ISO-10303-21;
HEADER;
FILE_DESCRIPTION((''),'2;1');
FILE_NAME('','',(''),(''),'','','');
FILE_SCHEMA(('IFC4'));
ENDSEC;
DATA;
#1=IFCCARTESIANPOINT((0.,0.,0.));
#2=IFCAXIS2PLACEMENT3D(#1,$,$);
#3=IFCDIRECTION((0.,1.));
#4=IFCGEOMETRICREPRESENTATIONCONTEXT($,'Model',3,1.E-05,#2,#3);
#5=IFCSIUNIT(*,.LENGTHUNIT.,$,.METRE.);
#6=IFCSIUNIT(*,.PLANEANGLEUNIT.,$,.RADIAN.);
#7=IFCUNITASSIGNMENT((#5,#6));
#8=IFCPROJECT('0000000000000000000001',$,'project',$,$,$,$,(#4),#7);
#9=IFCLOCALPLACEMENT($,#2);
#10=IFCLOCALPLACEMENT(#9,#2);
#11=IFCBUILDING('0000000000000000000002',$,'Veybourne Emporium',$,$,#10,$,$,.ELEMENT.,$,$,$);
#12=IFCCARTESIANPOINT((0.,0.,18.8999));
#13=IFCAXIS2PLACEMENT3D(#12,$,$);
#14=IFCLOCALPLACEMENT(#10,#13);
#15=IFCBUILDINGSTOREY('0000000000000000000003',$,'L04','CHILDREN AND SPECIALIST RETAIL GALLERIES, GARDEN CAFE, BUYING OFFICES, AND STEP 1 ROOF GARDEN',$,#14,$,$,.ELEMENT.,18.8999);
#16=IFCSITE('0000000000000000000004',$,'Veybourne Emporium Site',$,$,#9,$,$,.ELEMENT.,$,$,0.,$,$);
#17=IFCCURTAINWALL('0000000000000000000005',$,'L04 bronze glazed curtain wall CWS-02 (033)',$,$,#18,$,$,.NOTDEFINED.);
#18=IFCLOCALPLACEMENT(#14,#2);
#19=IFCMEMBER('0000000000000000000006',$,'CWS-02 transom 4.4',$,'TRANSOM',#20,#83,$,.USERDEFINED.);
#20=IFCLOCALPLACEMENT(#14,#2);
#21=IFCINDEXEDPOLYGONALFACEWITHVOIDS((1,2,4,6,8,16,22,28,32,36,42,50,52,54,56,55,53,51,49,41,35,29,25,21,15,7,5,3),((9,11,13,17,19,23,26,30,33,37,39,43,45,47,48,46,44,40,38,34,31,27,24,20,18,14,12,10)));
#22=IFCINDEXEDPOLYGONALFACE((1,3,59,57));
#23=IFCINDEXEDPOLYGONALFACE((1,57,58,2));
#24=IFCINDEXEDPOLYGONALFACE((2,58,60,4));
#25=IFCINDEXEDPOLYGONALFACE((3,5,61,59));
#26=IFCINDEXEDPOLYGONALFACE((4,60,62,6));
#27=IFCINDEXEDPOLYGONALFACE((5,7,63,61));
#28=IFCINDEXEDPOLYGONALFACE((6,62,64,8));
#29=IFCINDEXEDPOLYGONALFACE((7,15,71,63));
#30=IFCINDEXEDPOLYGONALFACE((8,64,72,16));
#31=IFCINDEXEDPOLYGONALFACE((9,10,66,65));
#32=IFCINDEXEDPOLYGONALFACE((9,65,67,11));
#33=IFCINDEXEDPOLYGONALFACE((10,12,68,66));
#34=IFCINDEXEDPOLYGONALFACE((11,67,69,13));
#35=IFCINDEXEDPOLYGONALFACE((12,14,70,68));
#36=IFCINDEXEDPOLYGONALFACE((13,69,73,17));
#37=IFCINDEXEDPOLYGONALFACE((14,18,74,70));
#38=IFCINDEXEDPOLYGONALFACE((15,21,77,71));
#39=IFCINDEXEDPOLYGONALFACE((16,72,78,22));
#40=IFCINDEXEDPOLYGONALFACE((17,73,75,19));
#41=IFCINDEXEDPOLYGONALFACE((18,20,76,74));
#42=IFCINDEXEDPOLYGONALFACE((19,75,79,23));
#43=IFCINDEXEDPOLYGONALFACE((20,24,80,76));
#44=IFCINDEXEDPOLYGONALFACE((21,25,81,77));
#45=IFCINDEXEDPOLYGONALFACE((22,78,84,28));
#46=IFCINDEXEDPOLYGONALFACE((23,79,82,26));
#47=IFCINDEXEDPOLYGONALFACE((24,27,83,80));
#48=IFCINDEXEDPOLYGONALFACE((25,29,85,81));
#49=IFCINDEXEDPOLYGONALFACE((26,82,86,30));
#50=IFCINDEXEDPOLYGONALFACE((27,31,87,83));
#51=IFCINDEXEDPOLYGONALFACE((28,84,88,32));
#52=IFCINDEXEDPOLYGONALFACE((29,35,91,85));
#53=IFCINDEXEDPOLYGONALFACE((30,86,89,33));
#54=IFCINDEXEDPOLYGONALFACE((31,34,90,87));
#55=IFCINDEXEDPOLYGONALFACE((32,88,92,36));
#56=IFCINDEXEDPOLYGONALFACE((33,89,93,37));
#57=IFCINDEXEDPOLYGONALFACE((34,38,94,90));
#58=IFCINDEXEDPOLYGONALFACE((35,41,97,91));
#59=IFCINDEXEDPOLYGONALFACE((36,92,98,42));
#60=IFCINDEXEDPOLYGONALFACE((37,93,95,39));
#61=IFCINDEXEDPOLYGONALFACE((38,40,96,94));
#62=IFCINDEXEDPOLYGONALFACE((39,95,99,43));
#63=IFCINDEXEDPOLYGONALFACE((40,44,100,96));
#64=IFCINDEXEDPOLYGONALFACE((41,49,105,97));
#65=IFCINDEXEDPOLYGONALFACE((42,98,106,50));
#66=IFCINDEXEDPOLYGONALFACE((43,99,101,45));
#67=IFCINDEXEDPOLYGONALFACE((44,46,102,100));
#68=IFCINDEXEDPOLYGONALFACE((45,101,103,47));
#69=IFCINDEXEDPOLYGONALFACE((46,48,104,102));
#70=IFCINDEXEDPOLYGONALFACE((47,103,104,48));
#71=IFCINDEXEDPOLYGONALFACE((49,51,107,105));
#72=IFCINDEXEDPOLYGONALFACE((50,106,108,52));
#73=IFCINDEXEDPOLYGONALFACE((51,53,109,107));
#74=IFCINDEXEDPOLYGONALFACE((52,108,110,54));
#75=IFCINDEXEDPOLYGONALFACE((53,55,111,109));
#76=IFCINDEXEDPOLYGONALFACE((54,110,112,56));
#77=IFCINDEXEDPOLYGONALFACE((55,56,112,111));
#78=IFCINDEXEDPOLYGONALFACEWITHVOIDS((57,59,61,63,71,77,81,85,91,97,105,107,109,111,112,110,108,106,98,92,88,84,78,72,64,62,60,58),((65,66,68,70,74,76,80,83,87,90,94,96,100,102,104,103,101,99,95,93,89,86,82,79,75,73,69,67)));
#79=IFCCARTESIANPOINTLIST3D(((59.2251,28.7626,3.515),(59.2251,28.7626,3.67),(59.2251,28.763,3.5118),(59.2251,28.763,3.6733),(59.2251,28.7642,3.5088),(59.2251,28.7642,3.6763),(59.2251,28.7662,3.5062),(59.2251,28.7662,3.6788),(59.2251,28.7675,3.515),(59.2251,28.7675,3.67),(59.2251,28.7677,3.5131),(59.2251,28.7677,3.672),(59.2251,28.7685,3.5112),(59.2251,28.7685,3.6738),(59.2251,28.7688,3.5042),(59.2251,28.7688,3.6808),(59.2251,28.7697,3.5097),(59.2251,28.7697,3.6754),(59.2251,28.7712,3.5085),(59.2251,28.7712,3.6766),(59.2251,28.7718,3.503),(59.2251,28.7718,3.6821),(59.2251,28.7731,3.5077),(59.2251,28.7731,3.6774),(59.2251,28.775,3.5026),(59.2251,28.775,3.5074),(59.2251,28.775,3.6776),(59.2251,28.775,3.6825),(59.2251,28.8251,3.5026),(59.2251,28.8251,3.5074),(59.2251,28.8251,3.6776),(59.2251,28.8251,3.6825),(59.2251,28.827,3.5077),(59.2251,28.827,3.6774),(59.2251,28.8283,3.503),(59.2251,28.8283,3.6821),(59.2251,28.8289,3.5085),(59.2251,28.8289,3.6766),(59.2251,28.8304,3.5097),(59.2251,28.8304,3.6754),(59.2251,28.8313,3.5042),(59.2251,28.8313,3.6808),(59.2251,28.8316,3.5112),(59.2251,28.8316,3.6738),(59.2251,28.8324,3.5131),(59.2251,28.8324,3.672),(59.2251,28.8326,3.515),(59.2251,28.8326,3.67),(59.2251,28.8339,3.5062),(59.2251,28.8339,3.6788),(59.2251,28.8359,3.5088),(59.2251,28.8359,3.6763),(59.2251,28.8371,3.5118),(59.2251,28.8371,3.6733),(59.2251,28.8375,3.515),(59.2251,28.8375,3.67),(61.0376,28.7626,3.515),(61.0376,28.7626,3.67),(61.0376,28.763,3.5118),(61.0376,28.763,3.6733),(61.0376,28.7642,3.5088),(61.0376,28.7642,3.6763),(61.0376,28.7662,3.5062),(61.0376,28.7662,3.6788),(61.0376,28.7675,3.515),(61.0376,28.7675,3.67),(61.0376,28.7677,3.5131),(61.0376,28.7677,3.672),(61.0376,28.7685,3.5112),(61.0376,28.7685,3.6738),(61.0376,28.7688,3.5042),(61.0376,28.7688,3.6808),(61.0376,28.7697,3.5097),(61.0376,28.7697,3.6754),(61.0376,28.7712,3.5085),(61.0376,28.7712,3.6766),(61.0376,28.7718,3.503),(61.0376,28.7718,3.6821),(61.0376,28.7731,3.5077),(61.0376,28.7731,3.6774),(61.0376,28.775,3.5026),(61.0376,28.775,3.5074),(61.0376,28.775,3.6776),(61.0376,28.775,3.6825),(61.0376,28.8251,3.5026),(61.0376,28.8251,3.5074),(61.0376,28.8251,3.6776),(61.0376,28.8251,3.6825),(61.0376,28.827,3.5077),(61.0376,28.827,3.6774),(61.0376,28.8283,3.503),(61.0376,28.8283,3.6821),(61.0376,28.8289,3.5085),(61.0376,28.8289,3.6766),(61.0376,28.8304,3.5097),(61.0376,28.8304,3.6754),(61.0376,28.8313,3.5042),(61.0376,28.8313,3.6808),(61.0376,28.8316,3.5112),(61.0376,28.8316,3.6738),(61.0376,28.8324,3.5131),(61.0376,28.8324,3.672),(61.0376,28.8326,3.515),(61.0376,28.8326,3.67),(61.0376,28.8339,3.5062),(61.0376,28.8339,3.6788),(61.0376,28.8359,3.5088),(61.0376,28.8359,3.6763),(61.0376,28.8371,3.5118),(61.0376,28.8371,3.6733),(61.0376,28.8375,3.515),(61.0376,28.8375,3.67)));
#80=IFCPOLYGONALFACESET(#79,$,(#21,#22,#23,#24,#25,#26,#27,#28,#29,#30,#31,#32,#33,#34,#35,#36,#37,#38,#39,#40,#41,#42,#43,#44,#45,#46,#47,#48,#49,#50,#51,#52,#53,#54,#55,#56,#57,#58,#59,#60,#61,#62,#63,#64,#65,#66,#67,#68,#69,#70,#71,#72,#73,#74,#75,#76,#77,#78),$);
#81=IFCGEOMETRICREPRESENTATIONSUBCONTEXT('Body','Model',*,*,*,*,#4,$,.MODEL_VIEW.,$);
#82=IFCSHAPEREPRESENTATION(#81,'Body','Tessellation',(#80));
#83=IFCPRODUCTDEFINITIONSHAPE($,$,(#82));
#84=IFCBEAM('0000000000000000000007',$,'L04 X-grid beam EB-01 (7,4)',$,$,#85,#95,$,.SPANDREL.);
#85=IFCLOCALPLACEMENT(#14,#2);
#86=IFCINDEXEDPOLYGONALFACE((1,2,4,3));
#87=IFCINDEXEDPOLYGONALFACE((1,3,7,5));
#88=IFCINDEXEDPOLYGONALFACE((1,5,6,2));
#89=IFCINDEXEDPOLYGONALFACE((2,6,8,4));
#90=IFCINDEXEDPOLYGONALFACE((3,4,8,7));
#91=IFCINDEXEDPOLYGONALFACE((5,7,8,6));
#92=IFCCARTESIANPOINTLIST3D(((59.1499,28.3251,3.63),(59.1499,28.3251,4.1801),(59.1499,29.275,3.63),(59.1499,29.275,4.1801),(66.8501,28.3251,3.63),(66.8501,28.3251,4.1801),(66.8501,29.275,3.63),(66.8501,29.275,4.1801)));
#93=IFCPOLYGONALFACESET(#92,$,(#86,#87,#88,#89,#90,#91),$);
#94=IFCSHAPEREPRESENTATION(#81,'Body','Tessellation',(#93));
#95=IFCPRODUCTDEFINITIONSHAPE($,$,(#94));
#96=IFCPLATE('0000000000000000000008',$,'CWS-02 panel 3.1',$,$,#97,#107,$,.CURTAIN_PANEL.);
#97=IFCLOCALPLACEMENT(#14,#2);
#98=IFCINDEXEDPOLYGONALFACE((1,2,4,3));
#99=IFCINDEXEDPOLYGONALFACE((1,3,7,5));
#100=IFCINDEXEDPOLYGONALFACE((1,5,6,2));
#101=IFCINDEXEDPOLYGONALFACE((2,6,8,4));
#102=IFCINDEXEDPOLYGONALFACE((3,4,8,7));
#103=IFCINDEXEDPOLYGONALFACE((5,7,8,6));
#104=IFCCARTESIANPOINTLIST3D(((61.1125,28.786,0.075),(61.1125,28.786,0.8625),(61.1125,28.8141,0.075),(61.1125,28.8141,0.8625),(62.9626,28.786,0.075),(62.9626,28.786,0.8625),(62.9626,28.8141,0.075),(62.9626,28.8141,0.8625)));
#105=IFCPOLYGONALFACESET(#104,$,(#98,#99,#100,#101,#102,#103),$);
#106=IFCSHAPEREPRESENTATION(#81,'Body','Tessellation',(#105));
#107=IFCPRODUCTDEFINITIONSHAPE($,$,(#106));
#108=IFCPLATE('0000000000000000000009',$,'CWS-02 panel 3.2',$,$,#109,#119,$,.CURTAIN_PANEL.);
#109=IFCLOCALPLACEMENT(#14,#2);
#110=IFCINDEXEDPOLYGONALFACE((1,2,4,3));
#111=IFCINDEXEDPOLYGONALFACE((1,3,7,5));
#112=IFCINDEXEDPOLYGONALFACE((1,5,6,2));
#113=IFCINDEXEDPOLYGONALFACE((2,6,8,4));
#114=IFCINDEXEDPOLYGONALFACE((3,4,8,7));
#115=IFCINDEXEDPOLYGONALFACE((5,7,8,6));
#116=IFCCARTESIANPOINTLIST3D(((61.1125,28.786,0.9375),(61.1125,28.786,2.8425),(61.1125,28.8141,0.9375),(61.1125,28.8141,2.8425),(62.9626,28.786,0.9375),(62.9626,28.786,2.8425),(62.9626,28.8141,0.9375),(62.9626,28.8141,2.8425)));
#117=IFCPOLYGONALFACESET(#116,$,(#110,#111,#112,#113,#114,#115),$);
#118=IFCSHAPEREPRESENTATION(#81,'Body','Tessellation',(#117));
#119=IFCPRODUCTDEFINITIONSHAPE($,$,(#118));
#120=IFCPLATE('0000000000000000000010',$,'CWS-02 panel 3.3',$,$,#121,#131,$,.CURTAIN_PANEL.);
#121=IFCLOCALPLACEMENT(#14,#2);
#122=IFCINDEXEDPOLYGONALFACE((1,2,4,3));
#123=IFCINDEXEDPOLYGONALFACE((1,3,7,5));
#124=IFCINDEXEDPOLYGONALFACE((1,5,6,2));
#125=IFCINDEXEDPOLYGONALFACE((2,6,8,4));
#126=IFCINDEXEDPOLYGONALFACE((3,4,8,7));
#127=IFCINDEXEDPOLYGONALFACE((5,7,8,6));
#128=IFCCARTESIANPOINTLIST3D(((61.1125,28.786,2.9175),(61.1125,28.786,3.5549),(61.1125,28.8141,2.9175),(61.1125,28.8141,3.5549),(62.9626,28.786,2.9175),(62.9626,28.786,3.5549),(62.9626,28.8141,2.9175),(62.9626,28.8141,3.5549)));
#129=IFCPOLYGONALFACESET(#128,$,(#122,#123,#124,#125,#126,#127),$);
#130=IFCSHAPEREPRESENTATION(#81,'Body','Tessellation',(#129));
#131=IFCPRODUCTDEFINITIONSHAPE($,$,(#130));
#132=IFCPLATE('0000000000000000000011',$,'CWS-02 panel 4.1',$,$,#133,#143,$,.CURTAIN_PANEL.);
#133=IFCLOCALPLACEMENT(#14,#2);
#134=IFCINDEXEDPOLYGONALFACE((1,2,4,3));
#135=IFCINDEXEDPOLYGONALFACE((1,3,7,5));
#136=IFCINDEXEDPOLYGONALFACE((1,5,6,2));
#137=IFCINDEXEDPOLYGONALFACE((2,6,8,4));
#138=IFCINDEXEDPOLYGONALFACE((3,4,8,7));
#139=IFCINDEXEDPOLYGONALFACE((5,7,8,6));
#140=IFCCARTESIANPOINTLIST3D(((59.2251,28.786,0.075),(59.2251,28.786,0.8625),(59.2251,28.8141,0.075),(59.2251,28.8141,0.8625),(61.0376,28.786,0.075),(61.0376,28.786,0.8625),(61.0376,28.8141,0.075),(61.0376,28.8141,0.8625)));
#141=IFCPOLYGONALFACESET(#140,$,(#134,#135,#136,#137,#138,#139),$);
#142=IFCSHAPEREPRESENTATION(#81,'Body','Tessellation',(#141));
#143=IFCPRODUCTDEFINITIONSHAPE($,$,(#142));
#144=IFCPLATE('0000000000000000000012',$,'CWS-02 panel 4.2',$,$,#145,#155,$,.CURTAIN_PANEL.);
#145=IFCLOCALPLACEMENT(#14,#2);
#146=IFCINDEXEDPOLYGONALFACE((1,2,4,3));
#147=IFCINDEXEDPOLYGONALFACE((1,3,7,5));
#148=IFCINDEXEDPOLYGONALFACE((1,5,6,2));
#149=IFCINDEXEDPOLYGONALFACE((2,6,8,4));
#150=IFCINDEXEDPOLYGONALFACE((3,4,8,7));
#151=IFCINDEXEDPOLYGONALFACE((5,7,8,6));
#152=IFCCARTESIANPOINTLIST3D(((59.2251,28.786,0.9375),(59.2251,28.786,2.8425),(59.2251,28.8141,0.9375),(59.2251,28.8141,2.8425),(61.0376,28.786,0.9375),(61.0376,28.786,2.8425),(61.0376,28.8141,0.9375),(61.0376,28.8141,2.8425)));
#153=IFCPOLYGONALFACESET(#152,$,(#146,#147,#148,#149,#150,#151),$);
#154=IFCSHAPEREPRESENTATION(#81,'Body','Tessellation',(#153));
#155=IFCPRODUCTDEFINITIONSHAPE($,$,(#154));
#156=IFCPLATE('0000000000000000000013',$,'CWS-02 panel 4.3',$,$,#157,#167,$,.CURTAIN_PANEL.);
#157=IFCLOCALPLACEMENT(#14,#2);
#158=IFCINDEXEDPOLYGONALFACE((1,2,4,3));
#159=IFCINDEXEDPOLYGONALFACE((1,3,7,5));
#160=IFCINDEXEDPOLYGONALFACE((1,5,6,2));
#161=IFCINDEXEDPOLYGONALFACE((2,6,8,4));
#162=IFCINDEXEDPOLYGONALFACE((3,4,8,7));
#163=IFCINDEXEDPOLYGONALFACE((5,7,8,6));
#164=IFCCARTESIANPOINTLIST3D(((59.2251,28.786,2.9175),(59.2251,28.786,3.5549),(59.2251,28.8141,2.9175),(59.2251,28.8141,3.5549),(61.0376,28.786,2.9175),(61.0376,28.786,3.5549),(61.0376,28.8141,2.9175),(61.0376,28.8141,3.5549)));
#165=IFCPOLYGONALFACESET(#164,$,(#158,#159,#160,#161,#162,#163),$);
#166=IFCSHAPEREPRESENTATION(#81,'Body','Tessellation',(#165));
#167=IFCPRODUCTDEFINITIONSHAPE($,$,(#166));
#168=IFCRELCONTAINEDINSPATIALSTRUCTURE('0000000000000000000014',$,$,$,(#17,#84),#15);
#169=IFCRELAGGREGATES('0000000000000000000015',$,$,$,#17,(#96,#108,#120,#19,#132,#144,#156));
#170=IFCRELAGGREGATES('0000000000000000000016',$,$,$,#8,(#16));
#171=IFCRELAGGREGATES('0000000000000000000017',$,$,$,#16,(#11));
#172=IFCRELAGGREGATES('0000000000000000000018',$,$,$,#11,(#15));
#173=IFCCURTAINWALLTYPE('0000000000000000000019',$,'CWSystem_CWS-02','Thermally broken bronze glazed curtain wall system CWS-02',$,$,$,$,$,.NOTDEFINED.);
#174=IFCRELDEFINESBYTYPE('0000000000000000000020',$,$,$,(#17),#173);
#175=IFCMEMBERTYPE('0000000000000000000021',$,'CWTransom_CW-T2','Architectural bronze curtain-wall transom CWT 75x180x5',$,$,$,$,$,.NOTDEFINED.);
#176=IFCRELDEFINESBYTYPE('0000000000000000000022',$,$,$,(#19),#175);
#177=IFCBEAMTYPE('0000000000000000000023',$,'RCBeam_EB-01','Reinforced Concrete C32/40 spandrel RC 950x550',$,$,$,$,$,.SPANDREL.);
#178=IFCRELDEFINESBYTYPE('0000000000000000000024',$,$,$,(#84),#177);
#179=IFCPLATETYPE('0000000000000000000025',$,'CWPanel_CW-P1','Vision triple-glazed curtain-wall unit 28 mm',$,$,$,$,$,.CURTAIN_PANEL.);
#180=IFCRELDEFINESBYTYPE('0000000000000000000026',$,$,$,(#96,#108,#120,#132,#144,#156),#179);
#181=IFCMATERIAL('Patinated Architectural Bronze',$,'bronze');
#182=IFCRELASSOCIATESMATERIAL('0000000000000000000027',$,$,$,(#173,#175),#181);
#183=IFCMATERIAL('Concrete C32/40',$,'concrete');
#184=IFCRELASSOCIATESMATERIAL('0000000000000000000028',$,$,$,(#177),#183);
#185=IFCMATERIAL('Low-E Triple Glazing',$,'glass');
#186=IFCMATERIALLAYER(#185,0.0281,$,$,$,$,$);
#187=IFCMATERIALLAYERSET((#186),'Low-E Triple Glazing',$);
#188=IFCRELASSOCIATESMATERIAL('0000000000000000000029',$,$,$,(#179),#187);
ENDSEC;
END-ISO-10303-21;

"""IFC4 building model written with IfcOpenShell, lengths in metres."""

from ifc_helpers import new_model, si_unit, direction, frame, origin, origin_2d, place, context, subcontext, project, spatial, rectangle, hollow_rectangle, extrude, material, layer, layer_set, material_profile, profile_set, type_object, element, aggregate, save


model = new_model("IFC4")

# Units and contexts
model_context = context("Model", 3, precision=1e-05, world=origin(), true_north=direction((0.0, 1.0)))
body_context = subcontext(model_context, "Body", "Model", "MODEL_VIEW")
ifc_project = project(units=[si_unit("LENGTHUNIT", "METRE"), si_unit("PLANEANGLEUNIT", "RADIAN")], contexts=[model_context])

# Site, building, storey
site_placement = place(None, origin())
site = spatial("IfcSite", under=ifc_project, at=site_placement, Name="Veybourne Emporium Site", CompositionType="ELEMENT", RefElevation=0.0)
building_placement = place(site_placement, origin())
building = spatial("IfcBuilding", under=site, at=building_placement, Name="Veybourne Emporium", CompositionType="ELEMENT")
storey_placement = place(building_placement, frame((0.0, 0.0, 18.8999)))
storey = spatial("IfcBuildingStorey", under=building, at=storey_placement, Name="L04", Description="CHILDREN AND SPECIALIST RETAIL GALLERIES, GARDEN CAFE, BUYING OFFICES, AND STEP 1 ROOF GARDEN", CompositionType="ELEMENT", Elevation=18.8999)

# Curtain wall, member
ifc_material_1 = material(Name="Patinated Architectural Bronze", Category="bronze")
curtain_wall_type = type_object("IfcCurtainWallType", Name="CWSystem_CWS-02", Description="Thermally broken bronze glazed curtain wall system CWS-02", PredefinedType="NOTDEFINED", material=ifc_material_1)
curtain_wall_placement = place(storey_placement, origin())
curtain_wall = element("IfcCurtainWall", 1, at=curtain_wall_placement, inside=storey, type_object=curtain_wall_type, Name="L04 bronze glazed curtain wall CWS-02 (033)", PredefinedType="NOTDEFINED")
ifc_material_profile_1 = material_profile(ifc_material_1, hollow_rectangle(XDim=0.075, YDim=0.1799, WallThickness=0.0049, InnerFilletRadius=0.0076, OuterFilletRadius=0.0125, at=origin_2d()), Name="CWT 75x180x5")
ifc_profile_set_1 = profile_set([ifc_material_profile_1], Name="Patinated Architectural Bronze")
member_type_1 = type_object("IfcMemberType", Name="CWTransom_CW-T2", Description="Architectural bronze curtain-wall transom CWT 75x180x5", PredefinedType="NOTDEFINED", material=ifc_profile_set_1)
member_1_placement = place(storey_placement, frame((61.0376, 28.8, 3.5925), z_axis=(-1.0, 0.0, 0.0), x_axis=(0.0, -1.0, 0.0)))
member_1 = element("IfcMember", 2, at=member_1_placement, type_object=member_type_1, Name="CWS-02 transom 4.4", ObjectType="TRANSOM", PredefinedType="USERDEFINED", context=body_context, shape_type="SweptSolid", body=[
    extrude(hollow_rectangle(XDim=0.075, YDim=0.1799, WallThickness=0.0049, InnerFilletRadius=0.0076, OuterFilletRadius=0.0125, at=origin_2d()), origin(), (0.0, 0.0, 1.0), 1.8125),
])

# Beam
ifc_material_2 = material(Name="Concrete C32/40", Category="concrete")
ifc_material_profile_2 = material_profile(ifc_material_2, rectangle(XDim=0.95, YDim=0.55, at=origin_2d()), Name="RC 950x550")
ifc_profile_set_2 = profile_set([ifc_material_profile_2], Name="Concrete C32/40")
beam_type = type_object("IfcBeamType", Name="RCBeam_EB-01", Description="Reinforced Concrete C32/40 spandrel RC 950x550", PredefinedType="SPANDREL", material=ifc_profile_set_2)
beam_placement = place(storey_placement, frame((59.1499, 28.8, 3.905), z_axis=(1.0, 0.0, 0.0), x_axis=(0.0, 1.0, 0.0)))
element("IfcBeam", 3, at=beam_placement, inside=storey, type_object=beam_type, Name="L04 X-grid beam EB-01 (7,4)", PredefinedType="SPANDREL", context=body_context, shape_type="SweptSolid", body=[
    extrude(rectangle(XDim=0.95, YDim=0.55, at=origin_2d()), origin(), (0.0, 0.0, 1.0), 7.7002),
])

# Plates
ifc_material_3 = material(Name="Low-E Triple Glazing", Category="glass")
ifc_layer_1 = layer(ifc_material_3, 0.0281)
ifc_layer_set_1 = layer_set([ifc_layer_1], Name="Low-E Triple Glazing")
plate_type = type_object("IfcPlateType", Name="CWPanel_CW-P1", Description="Vision triple-glazed curtain-wall unit 28 mm", PredefinedType="CURTAIN_PANEL", material=ifc_layer_set_1)
plate_1_placement = place(storey_placement, frame((62.0376, 28.8, 0.075), z_axis=(0.0, 0.0, 1.0), x_axis=(-1.0, 0.0, 0.0)))
plate_1 = element("IfcPlate", 4, at=plate_1_placement, type_object=plate_type, Name="CWS-02 panel 3.1", PredefinedType="CURTAIN_PANEL", context=body_context, shape_type="SweptSolid", body=[
    extrude(rectangle(XDim=1.8501, YDim=0.0281, at=origin_2d()), origin(), (0.0, 0.0, 1.0), 0.7876),
])
plate_2_placement = place(storey_placement, frame((62.0376, 28.8, 0.9375), z_axis=(0.0, 0.0, 1.0), x_axis=(-1.0, 0.0, 0.0)))
plate_2 = element("IfcPlate", 5, at=plate_2_placement, type_object=plate_type, Name="CWS-02 panel 3.2", PredefinedType="CURTAIN_PANEL", context=body_context, shape_type="SweptSolid", body=[
    extrude(rectangle(XDim=1.8501, YDim=0.0281, at=origin_2d()), origin(), (0.0, 0.0, 1.0), 1.905),
])
plate_3_placement = place(storey_placement, frame((62.0376, 28.8, 2.9175), z_axis=(0.0, 0.0, 1.0), x_axis=(-1.0, 0.0, 0.0)))
plate_3 = element("IfcPlate", 6, at=plate_3_placement, type_object=plate_type, Name="CWS-02 panel 3.3", PredefinedType="CURTAIN_PANEL", context=body_context, shape_type="SweptSolid", body=[
    extrude(rectangle(XDim=1.8501, YDim=0.0281, at=origin_2d()), origin(), (0.0, 0.0, 1.0), 0.6375),
])
plate_4_placement = place(storey_placement, frame((60.1313, 28.8, 0.075), z_axis=(0.0, 0.0, 1.0), x_axis=(-1.0, 0.0, 0.0)))
plate_4 = element("IfcPlate", 7, at=plate_4_placement, type_object=plate_type, Name="CWS-02 panel 4.1", PredefinedType="CURTAIN_PANEL", context=body_context, shape_type="SweptSolid", body=[
    extrude(rectangle(XDim=1.8125, YDim=0.0281, at=origin_2d()), origin(), (0.0, 0.0, 1.0), 0.7876),
])
plate_5_placement = place(storey_placement, frame((60.1313, 28.8, 0.9375), z_axis=(0.0, 0.0, 1.0), x_axis=(-1.0, 0.0, 0.0)))
plate_5 = element("IfcPlate", 8, at=plate_5_placement, type_object=plate_type, Name="CWS-02 panel 4.2", PredefinedType="CURTAIN_PANEL", context=body_context, shape_type="SweptSolid", body=[
    extrude(rectangle(XDim=1.8125, YDim=0.0281, at=origin_2d()), origin(), (0.0, 0.0, 1.0), 1.905),
])
plate_6_placement = place(storey_placement, frame((60.1313, 28.8, 2.9175), z_axis=(0.0, 0.0, 1.0), x_axis=(-1.0, 0.0, 0.0)))
plate_6 = element("IfcPlate", 9, at=plate_6_placement, type_object=plate_type, Name="CWS-02 panel 4.3", PredefinedType="CURTAIN_PANEL", context=body_context, shape_type="SweptSolid", body=[
    extrude(rectangle(XDim=1.8125, YDim=0.0281, at=origin_2d()), origin(), (0.0, 0.0, 1.0), 0.6375),
])
aggregate(curtain_wall, [plate_1, plate_2, plate_3, member_1, plate_4, plate_5, plate_6])

save(model, "model.ifc")
